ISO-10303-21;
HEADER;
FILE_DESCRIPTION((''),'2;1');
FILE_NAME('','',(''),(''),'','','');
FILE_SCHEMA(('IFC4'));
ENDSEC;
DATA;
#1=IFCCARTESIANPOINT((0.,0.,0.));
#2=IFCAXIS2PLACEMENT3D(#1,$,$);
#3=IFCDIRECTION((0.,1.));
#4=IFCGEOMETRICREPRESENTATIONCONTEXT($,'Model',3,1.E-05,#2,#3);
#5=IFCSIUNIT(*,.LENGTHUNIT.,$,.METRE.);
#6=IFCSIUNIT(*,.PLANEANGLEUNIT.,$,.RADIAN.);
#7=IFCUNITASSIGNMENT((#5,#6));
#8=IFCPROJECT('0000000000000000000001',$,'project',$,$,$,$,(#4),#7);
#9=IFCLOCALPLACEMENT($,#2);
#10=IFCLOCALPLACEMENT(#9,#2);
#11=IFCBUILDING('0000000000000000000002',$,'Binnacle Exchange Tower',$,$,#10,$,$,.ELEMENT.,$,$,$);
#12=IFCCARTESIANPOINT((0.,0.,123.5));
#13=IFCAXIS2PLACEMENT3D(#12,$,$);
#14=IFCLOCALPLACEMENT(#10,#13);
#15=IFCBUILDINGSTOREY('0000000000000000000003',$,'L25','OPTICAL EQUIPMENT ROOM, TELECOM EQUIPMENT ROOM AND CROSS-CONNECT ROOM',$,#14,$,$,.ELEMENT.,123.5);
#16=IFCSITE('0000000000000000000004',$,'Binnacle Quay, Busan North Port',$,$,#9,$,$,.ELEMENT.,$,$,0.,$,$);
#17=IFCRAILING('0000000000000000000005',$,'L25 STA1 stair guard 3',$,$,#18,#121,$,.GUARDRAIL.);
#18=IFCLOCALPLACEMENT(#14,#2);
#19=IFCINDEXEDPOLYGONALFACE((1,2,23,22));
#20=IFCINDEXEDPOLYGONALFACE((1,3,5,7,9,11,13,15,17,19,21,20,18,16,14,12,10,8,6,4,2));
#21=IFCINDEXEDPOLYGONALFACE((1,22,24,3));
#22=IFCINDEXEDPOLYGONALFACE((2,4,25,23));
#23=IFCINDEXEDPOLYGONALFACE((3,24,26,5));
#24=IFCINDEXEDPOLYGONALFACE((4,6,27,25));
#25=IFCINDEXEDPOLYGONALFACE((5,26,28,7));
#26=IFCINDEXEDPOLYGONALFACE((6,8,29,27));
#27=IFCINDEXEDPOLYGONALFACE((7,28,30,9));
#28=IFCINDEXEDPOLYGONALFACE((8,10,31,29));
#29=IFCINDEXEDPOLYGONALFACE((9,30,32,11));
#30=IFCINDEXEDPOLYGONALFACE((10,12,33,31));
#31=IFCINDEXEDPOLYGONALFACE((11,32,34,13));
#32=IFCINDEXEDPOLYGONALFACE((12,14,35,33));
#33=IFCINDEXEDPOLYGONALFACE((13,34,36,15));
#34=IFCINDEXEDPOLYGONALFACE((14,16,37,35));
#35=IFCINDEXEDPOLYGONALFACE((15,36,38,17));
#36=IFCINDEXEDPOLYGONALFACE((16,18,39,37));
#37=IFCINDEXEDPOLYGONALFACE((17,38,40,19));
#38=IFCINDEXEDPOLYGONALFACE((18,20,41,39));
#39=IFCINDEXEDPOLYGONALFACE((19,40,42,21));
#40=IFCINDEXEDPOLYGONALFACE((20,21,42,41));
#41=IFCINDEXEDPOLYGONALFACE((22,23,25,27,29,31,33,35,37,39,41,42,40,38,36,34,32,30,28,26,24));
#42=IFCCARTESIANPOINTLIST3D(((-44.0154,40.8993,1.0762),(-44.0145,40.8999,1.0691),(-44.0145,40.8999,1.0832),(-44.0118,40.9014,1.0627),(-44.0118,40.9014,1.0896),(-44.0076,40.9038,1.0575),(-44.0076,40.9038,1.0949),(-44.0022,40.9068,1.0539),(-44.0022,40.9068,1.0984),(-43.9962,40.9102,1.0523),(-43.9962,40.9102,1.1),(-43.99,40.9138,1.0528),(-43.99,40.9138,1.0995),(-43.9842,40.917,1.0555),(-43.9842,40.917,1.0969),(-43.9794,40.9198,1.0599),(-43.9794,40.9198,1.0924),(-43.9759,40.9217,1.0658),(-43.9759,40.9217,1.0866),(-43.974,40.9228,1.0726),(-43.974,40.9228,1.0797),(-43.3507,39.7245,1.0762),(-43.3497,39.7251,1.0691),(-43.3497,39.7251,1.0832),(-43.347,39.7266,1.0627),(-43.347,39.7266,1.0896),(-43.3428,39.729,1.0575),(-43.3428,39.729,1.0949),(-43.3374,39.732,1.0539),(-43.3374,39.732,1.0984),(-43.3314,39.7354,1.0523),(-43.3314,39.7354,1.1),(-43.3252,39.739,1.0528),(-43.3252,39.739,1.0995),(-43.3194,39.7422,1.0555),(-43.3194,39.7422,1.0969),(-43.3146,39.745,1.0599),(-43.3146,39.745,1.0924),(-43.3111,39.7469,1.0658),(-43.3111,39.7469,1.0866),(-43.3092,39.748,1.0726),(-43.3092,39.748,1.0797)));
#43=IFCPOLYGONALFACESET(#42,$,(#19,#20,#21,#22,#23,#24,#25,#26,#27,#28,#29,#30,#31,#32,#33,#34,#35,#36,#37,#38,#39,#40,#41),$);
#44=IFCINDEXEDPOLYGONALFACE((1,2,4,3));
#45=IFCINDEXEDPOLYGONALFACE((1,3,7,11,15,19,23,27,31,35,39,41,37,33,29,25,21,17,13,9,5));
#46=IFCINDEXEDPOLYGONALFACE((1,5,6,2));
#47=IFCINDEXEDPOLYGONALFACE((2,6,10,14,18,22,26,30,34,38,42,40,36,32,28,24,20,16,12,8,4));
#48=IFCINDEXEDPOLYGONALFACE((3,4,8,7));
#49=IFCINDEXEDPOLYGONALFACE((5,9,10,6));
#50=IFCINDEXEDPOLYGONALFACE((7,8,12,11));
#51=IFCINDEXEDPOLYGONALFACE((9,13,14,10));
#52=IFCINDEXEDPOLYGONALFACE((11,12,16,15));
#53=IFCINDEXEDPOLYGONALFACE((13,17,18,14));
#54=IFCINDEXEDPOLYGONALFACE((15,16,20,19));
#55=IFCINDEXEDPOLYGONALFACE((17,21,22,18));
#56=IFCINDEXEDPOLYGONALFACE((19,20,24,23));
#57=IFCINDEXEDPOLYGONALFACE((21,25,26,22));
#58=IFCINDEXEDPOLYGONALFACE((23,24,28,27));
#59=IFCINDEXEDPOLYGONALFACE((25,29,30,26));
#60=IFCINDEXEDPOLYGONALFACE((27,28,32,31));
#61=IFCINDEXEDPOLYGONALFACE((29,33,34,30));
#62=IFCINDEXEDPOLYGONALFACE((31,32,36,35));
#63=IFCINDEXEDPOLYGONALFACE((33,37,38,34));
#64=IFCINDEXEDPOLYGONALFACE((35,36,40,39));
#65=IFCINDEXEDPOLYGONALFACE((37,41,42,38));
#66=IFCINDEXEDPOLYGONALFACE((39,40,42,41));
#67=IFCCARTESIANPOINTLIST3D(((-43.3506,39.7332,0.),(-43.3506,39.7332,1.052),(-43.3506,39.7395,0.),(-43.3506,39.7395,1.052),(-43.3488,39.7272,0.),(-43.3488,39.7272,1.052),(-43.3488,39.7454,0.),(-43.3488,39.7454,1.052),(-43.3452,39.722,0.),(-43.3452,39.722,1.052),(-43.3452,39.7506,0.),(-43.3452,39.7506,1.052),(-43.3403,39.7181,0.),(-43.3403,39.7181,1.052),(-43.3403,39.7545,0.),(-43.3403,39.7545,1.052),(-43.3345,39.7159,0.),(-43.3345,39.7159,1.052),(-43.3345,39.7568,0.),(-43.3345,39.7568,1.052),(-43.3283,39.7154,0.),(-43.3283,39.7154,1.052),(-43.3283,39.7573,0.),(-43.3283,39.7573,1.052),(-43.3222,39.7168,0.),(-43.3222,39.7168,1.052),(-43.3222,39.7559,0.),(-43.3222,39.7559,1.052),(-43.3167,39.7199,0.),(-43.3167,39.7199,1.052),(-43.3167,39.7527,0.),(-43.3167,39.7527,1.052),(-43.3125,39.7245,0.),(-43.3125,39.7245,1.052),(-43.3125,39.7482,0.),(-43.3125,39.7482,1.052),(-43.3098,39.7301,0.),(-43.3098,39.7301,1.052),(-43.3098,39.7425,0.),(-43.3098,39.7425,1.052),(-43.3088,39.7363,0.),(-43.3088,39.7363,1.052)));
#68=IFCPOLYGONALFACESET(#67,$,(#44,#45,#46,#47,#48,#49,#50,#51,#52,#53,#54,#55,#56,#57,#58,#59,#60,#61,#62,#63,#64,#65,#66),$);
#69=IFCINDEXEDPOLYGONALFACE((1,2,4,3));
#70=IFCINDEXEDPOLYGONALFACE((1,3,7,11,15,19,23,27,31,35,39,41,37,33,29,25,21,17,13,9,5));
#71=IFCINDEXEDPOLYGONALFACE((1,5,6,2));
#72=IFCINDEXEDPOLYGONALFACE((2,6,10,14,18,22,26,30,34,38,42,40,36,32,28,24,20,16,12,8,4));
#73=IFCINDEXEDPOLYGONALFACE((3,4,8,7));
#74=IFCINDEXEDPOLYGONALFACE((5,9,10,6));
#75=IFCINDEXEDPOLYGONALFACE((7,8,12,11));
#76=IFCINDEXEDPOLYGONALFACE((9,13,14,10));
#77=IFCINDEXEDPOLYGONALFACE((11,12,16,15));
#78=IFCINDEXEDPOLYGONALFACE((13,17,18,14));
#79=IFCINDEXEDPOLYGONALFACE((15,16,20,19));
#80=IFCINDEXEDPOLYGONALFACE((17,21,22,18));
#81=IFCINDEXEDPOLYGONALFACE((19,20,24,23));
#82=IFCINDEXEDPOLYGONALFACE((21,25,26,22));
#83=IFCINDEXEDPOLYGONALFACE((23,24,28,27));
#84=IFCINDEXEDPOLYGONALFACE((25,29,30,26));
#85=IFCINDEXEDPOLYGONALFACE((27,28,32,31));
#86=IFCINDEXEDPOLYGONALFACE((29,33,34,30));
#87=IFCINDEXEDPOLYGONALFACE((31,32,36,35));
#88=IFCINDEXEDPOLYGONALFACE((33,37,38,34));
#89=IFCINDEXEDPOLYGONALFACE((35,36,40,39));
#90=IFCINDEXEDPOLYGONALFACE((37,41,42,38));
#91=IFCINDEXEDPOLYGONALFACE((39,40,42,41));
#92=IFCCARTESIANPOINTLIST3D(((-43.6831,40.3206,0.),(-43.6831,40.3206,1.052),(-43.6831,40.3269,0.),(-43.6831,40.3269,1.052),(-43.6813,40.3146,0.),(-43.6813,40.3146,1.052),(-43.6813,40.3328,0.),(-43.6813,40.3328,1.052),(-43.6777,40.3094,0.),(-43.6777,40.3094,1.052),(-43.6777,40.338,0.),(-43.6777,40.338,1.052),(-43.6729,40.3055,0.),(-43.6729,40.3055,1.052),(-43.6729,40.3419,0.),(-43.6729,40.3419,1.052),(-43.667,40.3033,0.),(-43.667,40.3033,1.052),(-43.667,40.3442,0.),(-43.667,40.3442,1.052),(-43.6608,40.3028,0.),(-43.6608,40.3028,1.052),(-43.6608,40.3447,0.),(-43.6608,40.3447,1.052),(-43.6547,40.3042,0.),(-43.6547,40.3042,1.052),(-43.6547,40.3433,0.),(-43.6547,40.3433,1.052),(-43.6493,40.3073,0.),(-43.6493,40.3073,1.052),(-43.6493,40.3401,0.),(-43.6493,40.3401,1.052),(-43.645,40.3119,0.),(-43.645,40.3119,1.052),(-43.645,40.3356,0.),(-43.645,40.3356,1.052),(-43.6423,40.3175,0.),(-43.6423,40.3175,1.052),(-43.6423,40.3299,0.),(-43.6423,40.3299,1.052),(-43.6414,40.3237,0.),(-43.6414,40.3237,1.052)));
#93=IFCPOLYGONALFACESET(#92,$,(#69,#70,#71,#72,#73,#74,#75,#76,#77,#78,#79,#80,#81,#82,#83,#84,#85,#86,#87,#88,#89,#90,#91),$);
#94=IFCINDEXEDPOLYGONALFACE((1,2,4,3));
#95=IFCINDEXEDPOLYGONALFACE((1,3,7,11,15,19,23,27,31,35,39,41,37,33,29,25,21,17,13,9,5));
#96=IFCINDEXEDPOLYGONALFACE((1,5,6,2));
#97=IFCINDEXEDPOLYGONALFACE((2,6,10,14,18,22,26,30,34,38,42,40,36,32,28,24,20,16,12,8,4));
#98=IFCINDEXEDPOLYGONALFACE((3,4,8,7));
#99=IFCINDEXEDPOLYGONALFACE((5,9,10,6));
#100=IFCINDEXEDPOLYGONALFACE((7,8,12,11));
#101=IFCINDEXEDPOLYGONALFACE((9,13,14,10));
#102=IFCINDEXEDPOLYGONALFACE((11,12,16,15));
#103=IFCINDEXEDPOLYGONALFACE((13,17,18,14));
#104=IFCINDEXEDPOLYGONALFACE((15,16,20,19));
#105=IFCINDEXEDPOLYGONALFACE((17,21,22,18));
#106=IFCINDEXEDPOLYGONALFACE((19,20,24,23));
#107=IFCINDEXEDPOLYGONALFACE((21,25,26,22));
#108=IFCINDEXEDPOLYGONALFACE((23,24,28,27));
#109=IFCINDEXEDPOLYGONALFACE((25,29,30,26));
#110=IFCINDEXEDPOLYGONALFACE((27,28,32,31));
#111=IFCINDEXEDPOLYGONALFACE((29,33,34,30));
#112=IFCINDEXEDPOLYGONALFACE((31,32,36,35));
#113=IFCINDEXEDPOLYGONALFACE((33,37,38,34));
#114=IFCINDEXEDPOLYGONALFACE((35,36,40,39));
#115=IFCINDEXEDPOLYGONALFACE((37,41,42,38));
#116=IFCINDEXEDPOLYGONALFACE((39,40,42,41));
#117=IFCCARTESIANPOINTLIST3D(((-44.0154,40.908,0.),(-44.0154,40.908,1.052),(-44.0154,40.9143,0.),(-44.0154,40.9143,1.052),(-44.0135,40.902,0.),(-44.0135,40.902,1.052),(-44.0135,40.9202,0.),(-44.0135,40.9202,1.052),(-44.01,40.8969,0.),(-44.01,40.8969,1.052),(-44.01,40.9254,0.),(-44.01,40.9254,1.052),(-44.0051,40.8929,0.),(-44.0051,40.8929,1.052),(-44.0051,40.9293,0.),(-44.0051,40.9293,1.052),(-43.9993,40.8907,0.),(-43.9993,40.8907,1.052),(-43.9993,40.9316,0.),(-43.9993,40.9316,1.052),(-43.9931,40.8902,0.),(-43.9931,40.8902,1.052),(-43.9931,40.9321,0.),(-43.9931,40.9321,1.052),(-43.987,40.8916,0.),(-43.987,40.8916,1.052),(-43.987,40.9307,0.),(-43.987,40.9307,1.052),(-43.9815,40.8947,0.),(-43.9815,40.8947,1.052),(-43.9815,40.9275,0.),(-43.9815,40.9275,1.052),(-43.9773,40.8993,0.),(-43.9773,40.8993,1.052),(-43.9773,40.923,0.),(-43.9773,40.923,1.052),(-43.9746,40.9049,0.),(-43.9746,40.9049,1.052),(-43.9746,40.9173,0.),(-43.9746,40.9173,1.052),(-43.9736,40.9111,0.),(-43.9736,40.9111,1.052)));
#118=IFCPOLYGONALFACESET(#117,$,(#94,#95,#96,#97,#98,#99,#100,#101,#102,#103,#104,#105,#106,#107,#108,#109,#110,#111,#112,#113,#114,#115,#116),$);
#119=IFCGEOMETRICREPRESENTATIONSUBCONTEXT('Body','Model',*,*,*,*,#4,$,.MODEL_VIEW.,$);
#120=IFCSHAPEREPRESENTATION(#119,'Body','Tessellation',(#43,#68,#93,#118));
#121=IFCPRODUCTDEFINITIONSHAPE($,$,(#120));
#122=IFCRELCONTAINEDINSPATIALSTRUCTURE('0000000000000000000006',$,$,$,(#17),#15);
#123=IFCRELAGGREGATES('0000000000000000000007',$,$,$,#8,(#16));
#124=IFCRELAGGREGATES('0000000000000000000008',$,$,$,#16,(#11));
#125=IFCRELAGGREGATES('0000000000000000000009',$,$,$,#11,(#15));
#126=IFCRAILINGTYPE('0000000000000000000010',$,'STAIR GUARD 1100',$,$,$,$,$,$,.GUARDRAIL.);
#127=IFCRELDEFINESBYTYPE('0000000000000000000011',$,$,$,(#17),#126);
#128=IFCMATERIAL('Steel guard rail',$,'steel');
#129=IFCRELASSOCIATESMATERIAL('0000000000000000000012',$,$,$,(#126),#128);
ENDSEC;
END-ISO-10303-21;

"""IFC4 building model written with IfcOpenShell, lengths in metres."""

from ifc_helpers import new_model, si_unit, direction, frame, origin, origin_2d, place, context, subcontext, project, spatial, circle, extrude, material, type_object, element, save


model = new_model("IFC4")

# Units and contexts
model_context = context("Model", 3, precision=1e-05, world=origin(), true_north=direction((0.0, 1.0)))
body_context = subcontext(model_context, "Body", "Model", "MODEL_VIEW")
ifc_project = project(units=[si_unit("LENGTHUNIT", "METRE"), si_unit("PLANEANGLEUNIT", "RADIAN")], contexts=[model_context])

# Site, building, storey
site_placement = place(None, origin())
site = spatial("IfcSite", under=ifc_project, at=site_placement, Name="Binnacle Quay, Busan North Port", CompositionType="ELEMENT", RefElevation=0.0)
building_placement = place(site_placement, origin())
building = spatial("IfcBuilding", under=site, at=building_placement, Name="Binnacle Exchange Tower", CompositionType="ELEMENT")
storey_placement = place(building_placement, frame((0.0, 0.0, 123.5)))
storey = spatial("IfcBuildingStorey", under=building, at=storey_placement, Name="L25", Description="OPTICAL EQUIPMENT ROOM, TELECOM EQUIPMENT ROOM AND CROSS-CONNECT ROOM", CompositionType="ELEMENT", Elevation=123.5)

# Railing
ifc_material_1 = material(Name="Steel guard rail", Category="steel")
railing_type = type_object("IfcRailingType", Name="STAIR GUARD 1100", PredefinedType="GUARDRAIL", material=ifc_material_1)
railing_1_placement = place(storey_placement, frame((-43.3298, 39.7363, 0.0)))
element("IfcRailing", 1, at=railing_1_placement, inside=storey, type_object=railing_type, Name="L25 STA1 stair guard 3", PredefinedType="GUARDRAIL", context=body_context, shape_type="SweptSolid", body=[
    extrude(circle(Radius=0.0239, at=origin_2d()), frame((0.0, 0.0, 1.0762), z_axis=(-0.492492, 0.870317, 0.0), x_axis=(-0.870317, -0.492492, 0.0)), (0.0, 0.0, 1.0), 1.3499),
    extrude(circle(Radius=0.021, at=origin_2d()), origin(), (0.0, 0.0, 1.0), 1.052),
    extrude(circle(Radius=0.021, at=origin_2d()), frame((-0.3325, 0.5874, 0.0)), (0.0, 0.0, 1.0), 1.052),
    extrude(circle(Radius=0.021, at=origin_2d()), frame((-0.6648, 1.1748, 0.0)), (0.0, 0.0, 1.0), 1.052),
])

save(model, "model.ifc")
